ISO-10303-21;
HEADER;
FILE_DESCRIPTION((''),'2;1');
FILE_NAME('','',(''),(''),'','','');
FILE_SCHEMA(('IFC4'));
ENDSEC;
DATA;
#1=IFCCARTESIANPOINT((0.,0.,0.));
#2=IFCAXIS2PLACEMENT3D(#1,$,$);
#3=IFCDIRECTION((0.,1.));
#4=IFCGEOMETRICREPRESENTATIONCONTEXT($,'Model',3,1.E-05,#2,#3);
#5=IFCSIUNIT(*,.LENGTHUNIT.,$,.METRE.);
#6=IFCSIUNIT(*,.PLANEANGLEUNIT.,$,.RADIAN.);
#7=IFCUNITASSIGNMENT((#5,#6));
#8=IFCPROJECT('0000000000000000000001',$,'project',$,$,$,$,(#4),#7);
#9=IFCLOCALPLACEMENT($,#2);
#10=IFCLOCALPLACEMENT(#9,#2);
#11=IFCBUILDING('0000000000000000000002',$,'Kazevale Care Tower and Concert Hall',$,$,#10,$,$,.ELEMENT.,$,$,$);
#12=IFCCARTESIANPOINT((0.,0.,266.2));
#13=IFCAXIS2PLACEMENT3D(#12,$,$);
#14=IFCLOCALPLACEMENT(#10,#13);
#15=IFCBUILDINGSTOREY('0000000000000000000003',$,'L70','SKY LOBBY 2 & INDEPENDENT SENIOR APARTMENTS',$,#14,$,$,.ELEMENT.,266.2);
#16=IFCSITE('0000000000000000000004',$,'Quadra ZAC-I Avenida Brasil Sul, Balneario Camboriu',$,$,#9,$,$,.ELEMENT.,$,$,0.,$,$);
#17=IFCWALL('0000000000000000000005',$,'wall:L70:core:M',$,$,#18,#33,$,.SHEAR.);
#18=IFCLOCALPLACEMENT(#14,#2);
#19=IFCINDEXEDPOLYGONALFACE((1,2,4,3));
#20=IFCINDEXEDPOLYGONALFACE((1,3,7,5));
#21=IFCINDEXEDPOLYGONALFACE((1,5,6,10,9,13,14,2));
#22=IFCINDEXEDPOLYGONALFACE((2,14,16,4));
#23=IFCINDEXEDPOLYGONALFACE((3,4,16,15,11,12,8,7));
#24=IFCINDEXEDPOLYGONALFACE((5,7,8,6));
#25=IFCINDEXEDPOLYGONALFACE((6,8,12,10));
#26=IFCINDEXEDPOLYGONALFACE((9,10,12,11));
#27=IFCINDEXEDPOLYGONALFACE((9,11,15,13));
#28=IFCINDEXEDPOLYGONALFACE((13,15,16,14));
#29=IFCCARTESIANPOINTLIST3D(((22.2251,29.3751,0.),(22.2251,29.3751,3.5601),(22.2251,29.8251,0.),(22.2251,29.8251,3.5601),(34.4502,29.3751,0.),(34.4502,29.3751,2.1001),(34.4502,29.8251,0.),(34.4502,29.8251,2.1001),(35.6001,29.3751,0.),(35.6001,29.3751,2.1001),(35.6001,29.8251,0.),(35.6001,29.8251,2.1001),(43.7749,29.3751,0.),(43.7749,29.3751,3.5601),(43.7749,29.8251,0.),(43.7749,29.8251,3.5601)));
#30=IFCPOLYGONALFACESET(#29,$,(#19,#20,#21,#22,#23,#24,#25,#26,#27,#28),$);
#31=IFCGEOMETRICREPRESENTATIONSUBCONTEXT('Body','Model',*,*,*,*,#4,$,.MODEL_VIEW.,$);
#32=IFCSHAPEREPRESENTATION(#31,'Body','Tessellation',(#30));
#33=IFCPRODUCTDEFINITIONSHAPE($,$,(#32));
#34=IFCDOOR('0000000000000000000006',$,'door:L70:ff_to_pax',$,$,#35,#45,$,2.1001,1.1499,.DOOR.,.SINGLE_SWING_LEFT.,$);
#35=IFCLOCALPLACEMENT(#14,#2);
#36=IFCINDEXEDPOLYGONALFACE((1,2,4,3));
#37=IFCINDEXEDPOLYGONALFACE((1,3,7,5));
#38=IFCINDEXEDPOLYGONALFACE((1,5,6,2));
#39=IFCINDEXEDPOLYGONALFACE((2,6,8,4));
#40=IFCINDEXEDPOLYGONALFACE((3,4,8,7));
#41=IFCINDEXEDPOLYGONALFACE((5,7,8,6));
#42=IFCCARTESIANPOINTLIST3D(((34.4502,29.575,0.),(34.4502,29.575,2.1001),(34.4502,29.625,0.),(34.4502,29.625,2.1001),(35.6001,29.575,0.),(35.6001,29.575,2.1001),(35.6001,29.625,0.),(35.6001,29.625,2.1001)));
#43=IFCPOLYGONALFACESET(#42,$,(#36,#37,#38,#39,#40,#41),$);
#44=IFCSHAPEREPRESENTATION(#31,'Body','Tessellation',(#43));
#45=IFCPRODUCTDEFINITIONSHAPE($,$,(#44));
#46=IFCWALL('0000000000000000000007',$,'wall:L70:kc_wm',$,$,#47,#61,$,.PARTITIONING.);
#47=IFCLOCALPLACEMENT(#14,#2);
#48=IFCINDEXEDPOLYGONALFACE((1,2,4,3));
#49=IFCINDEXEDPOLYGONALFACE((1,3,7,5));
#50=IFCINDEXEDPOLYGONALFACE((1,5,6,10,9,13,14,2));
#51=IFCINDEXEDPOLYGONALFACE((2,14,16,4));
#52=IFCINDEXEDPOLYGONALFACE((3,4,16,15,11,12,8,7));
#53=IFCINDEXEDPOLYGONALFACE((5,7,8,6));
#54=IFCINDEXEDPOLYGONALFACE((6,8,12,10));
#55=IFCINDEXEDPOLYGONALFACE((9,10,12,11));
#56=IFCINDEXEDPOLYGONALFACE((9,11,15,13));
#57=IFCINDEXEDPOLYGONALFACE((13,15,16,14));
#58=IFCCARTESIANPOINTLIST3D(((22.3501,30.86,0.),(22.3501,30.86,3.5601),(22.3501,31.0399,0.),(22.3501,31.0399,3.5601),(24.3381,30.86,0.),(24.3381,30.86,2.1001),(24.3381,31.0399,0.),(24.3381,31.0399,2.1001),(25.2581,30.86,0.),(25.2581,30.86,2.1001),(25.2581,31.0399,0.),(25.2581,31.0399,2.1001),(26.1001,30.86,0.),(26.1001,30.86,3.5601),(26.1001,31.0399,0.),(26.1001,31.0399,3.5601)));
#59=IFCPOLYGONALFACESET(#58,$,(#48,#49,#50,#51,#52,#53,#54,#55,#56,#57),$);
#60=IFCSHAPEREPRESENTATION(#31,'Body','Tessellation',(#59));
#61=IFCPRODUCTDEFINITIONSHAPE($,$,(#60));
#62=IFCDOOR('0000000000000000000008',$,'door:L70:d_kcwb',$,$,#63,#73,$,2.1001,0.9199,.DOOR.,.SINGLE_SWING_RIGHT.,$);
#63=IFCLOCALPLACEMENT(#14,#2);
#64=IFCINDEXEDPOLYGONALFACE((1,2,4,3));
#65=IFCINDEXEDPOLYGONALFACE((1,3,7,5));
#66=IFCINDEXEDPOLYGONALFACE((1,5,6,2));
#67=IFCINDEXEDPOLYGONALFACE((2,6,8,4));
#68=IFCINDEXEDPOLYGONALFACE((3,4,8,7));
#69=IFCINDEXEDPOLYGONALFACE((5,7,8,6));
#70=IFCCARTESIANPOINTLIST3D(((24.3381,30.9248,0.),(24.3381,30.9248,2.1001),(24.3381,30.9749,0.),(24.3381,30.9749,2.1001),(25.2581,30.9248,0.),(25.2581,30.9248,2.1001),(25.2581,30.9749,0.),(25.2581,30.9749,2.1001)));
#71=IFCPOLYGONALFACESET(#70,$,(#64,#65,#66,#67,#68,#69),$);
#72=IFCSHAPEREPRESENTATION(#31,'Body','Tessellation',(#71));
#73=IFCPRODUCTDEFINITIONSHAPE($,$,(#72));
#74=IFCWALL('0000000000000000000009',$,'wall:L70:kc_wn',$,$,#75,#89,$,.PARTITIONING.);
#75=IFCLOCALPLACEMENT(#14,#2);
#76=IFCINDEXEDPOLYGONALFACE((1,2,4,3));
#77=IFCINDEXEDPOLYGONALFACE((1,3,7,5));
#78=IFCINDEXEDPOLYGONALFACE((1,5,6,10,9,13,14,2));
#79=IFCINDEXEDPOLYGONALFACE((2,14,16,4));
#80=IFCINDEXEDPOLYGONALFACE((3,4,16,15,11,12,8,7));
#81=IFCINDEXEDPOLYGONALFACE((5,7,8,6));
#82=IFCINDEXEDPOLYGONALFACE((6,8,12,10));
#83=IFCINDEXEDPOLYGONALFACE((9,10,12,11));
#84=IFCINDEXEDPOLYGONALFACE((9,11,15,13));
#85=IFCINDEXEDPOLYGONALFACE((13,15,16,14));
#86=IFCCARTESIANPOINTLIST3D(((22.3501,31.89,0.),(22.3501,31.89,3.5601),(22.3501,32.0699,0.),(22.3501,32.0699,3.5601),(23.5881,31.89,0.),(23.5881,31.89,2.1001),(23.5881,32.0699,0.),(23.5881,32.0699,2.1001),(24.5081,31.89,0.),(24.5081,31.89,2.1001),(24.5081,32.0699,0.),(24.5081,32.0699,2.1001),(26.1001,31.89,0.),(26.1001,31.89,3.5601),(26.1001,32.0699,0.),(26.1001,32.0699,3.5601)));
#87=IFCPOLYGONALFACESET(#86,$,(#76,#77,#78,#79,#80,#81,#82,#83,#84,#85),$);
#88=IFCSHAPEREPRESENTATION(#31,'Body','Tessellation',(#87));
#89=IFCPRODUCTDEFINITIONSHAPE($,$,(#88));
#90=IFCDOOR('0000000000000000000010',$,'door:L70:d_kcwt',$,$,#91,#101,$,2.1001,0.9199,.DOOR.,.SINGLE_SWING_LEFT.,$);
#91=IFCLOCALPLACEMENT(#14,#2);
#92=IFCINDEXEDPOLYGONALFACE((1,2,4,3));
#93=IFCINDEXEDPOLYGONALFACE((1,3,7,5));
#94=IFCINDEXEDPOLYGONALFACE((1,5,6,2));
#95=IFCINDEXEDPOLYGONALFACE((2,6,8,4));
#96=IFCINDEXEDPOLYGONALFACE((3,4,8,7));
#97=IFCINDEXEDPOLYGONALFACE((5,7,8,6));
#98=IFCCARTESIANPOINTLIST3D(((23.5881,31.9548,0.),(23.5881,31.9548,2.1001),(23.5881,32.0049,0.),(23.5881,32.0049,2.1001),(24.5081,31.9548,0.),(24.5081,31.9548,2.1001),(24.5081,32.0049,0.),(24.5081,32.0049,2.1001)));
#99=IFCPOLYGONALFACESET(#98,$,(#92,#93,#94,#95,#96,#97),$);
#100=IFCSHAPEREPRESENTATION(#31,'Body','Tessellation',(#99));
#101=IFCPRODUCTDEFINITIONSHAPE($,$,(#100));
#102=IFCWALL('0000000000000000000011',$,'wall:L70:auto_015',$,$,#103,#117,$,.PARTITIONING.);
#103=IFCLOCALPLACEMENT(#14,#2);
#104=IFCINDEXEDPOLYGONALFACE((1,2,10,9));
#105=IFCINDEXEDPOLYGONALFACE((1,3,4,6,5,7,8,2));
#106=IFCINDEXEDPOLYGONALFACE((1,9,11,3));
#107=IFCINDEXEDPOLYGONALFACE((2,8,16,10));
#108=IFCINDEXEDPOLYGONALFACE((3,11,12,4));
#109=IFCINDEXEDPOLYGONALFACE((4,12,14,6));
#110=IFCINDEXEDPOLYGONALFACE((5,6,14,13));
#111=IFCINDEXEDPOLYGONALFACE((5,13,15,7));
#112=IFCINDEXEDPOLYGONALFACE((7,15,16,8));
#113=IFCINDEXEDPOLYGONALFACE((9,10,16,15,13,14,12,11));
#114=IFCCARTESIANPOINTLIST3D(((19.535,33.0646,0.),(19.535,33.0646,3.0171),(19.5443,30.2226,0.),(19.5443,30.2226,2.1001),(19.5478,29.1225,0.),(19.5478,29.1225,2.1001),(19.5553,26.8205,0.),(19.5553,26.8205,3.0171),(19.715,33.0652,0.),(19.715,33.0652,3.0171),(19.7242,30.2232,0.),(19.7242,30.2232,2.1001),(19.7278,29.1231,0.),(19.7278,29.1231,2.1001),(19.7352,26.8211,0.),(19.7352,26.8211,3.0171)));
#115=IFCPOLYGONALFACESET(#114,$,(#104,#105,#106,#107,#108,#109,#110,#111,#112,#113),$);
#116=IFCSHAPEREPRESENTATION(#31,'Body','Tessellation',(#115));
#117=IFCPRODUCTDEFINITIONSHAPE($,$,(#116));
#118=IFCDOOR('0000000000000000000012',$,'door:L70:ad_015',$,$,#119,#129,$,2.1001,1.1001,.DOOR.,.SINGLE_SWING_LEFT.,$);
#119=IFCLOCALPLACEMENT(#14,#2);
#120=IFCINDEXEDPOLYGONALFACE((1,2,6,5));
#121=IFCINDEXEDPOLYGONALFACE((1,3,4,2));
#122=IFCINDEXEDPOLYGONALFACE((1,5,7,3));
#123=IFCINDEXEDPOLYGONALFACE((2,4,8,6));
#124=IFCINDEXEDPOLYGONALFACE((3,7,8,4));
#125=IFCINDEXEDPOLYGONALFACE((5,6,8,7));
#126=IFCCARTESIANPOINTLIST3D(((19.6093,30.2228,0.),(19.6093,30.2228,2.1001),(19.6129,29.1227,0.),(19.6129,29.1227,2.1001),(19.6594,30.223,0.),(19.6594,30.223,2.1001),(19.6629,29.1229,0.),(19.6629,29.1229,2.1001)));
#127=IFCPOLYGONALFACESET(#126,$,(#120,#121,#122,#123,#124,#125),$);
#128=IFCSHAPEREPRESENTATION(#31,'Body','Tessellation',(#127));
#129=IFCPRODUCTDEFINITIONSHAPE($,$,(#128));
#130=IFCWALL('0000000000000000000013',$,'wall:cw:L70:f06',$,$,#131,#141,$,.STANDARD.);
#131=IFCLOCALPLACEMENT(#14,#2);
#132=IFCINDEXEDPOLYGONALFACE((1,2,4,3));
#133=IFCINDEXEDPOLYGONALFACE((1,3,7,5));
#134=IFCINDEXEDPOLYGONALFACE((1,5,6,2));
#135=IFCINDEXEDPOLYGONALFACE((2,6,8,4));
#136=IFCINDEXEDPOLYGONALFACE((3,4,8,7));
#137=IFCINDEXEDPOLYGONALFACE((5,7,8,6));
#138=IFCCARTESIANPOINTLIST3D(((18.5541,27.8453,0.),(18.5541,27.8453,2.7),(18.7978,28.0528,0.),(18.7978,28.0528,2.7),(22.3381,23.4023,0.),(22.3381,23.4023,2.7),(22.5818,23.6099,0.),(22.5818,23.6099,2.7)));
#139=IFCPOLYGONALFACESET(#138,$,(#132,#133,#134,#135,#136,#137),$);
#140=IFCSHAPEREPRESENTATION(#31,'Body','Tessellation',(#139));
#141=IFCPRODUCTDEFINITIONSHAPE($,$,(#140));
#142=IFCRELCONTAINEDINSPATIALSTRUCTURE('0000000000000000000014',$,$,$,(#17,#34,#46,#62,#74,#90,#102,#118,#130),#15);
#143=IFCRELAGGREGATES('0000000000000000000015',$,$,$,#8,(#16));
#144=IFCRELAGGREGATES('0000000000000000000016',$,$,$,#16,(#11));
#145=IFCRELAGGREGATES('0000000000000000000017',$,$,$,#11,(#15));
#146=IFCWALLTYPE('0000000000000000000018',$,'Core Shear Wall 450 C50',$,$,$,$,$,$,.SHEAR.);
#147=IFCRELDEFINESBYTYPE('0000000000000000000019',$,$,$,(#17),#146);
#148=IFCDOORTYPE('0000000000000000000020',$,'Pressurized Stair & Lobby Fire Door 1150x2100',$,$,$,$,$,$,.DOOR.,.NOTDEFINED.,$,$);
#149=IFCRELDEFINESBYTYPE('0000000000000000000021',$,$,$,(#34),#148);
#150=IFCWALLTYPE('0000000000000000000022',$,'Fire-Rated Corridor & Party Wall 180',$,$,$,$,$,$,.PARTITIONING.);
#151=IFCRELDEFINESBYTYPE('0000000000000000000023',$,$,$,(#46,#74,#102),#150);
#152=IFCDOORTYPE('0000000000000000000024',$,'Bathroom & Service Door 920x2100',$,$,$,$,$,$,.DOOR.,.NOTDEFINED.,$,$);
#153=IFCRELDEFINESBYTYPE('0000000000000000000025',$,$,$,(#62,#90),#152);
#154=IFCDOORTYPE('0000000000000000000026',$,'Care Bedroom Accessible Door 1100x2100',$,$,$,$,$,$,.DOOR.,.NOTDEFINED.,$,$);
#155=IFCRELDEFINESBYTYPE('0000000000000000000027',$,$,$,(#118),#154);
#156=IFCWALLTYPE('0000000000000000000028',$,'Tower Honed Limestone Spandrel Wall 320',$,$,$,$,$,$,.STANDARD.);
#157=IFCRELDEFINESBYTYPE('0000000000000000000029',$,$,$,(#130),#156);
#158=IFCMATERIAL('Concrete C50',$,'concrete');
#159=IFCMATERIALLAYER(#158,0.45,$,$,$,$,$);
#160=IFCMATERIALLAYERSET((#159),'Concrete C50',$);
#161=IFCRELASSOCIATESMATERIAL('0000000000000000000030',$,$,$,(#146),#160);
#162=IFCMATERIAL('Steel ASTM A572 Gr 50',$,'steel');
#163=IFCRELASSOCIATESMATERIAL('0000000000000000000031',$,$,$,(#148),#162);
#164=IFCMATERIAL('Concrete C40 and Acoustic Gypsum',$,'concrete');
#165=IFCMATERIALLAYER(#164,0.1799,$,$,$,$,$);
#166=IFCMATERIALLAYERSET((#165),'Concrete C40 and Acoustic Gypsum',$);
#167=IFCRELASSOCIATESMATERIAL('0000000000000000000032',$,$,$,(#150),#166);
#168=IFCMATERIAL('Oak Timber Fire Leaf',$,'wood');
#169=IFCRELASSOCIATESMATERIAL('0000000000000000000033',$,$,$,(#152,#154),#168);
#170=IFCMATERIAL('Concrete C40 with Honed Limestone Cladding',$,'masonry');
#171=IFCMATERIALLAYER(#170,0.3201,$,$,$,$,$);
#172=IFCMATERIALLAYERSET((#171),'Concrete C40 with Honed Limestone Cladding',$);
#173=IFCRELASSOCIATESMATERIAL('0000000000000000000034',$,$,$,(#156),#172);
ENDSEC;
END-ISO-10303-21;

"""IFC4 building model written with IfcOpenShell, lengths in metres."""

from ifc_helpers import new_model, si_unit, direction, frame, frame_2d, origin, place, context, subcontext, project, spatial, rectangle, extrude, material, layer, layer_set, type_object, element, fill, save


model = new_model("IFC4")

# Units and contexts
model_context = context("Model", 3, precision=1e-05, world=origin(), true_north=direction((0.0, 1.0)))
body_context = subcontext(model_context, "Body", "Model", "MODEL_VIEW")
ifc_project = project(units=[si_unit("LENGTHUNIT", "METRE"), si_unit("PLANEANGLEUNIT", "RADIAN")], contexts=[model_context])

# Site, building, storey
site_placement = place(None, origin())
site = spatial("IfcSite", under=ifc_project, at=site_placement, Name="Quadra ZAC-I Avenida Brasil Sul, Balneario Camboriu", CompositionType="ELEMENT", RefElevation=0.0)
building_placement = place(site_placement, origin())
building = spatial("IfcBuilding", under=site, at=building_placement, Name="Kazevale Care Tower and Concert Hall", CompositionType="ELEMENT")
storey_placement = place(building_placement, frame((0.0, 0.0, 266.2)))
storey = spatial("IfcBuildingStorey", under=building, at=storey_placement, Name="L70", Description="SKY LOBBY 2 & INDEPENDENT SENIOR APARTMENTS", CompositionType="ELEMENT", Elevation=266.2)

# Shared definitions
ifc_material_1 = material(Name="Concrete C50", Category="concrete")

# Shared definitions
ifc_material_2 = material(Name="Steel ASTM A572 Gr 50", Category="steel")

# Shared definitions
ifc_layer_1 = layer(ifc_material_1, 0.45)
ifc_layer_set_1 = layer_set([ifc_layer_1], Name="Concrete C50")
wall_type_1 = type_object("IfcWallType", Name="Core Shear Wall 450 C50", PredefinedType="SHEAR", material=ifc_layer_set_1)

# Walls, openings, doors
wall_1_placement = place(storey_placement, frame((22.2251, 29.6001, 0.0), z_axis=(0.0, 0.0, 1.0), x_axis=(1.0, 0.0, 0.0)))
wall_1 = element("IfcWall", 1, at=wall_1_placement, inside=storey, type_object=wall_type_1, Name="wall:L70:core:M", PredefinedType="SHEAR", context=body_context, shape_type="SweptSolid", body=[
    extrude(rectangle(XDim=21.5498, YDim=0.45, at=frame_2d((10.7749, 0.0))), origin(), (0.0, 0.0, 1.0), 3.5601),
])
opening_1_placement = place(wall_1_placement, frame((12.2251, 0.0, 0.0)))
opening_1 = element("IfcOpeningElement", 2, at=opening_1_placement, cuts=wall_1, PredefinedType="OPENING", context=body_context, shape_type="SweptSolid", body=[
    extrude(rectangle(XDim=1.1499, YDim=2.1001, at=frame_2d((0.575, 1.05))), frame((0.0, 0.2349, 0.0), z_axis=(0.0, -1.0, 0.0), x_axis=(1.0, 0.0, 0.0)), (0.0, 0.0, 1.0), 0.47),
])
door_type_1 = type_object("IfcDoorType", Name="Pressurized Stair & Lobby Fire Door 1150x2100", OperationType="NOTDEFINED", PredefinedType="DOOR", material=ifc_material_2)
door_1_placement = place(opening_1_placement, origin())
door_1 = element("IfcDoor", 3, at=door_1_placement, inside=storey, type_object=door_type_1, Name="door:L70:ff_to_pax", OperationType="SINGLE_SWING_LEFT", OverallHeight=2.1001, OverallWidth=1.1499, PredefinedType="DOOR", context=body_context, shape_type="SweptSolid", body=[
    extrude(rectangle(XDim=1.1499, YDim=2.1001, at=frame_2d((0.575, 1.05))), frame((0.0, 0.0249, 0.0), z_axis=(0.0, -1.0, 0.0), x_axis=(1.0, 0.0, 0.0)), (0.0, 0.0, 1.0), 0.05),
])
fill(opening_1, door_1)
ifc_material_3 = material(Name="Concrete C40 and Acoustic Gypsum", Category="concrete")
ifc_layer_2 = layer(ifc_material_3, 0.1799)
ifc_layer_set_2 = layer_set([ifc_layer_2], Name="Concrete C40 and Acoustic Gypsum")
wall_type_2 = type_object("IfcWallType", Name="Fire-Rated Corridor & Party Wall 180", PredefinedType="PARTITIONING", material=ifc_layer_set_2)
wall_2_placement = place(storey_placement, frame((22.3501, 30.95, 0.0), z_axis=(0.0, 0.0, 1.0), x_axis=(1.0, 0.0, 0.0)))
wall_2 = element("IfcWall", 4, at=wall_2_placement, inside=storey, type_object=wall_type_2, Name="wall:L70:kc_wm", PredefinedType="PARTITIONING", context=body_context, shape_type="SweptSolid", body=[
    extrude(rectangle(XDim=3.75, YDim=0.1799, at=frame_2d((1.875, 0.0))), origin(), (0.0, 0.0, 1.0), 3.5601),
])
opening_2_placement = place(wall_2_placement, frame((1.988, 0.0, 0.0)))
opening_2 = element("IfcOpeningElement", 5, at=opening_2_placement, cuts=wall_2, PredefinedType="OPENING", context=body_context, shape_type="SweptSolid", body=[
    extrude(rectangle(XDim=0.9199, YDim=2.1001, at=frame_2d((0.46, 1.05))), frame((0.0, 0.0999, 0.0), z_axis=(0.0, -1.0, 0.0), x_axis=(1.0, 0.0, 0.0)), (0.0, 0.0, 1.0), 0.2),
])
ifc_material_4 = material(Name="Oak Timber Fire Leaf", Category="wood")
door_type_2 = type_object("IfcDoorType", Name="Bathroom & Service Door 920x2100", OperationType="NOTDEFINED", PredefinedType="DOOR", material=ifc_material_4)
door_2_placement = place(opening_2_placement, origin())
door_2 = element("IfcDoor", 6, at=door_2_placement, inside=storey, type_object=door_type_2, Name="door:L70:d_kcwb", OperationType="SINGLE_SWING_RIGHT", OverallHeight=2.1001, OverallWidth=0.9199, PredefinedType="DOOR", context=body_context, shape_type="SweptSolid", body=[
    extrude(rectangle(XDim=0.9199, YDim=2.1001, at=frame_2d((0.46, 1.05))), frame((0.0, 0.0249, 0.0), z_axis=(0.0, -1.0, 0.0), x_axis=(1.0, 0.0, 0.0)), (0.0, 0.0, 1.0), 0.05),
])
fill(opening_2, door_2)
wall_3_placement = place(storey_placement, frame((22.3501, 31.98, 0.0), z_axis=(0.0, 0.0, 1.0), x_axis=(1.0, 0.0, 0.0)))
wall_3 = element("IfcWall", 7, at=wall_3_placement, inside=storey, type_object=wall_type_2, Name="wall:L70:kc_wn", PredefinedType="PARTITIONING", context=body_context, shape_type="SweptSolid", body=[
    extrude(rectangle(XDim=3.75, YDim=0.1799, at=frame_2d((1.875, 0.0))), origin(), (0.0, 0.0, 1.0), 3.5601),
])
opening_3_placement = place(wall_3_placement, frame((1.238, 0.0, 0.0)))
opening_3 = element("IfcOpeningElement", 8, at=opening_3_placement, cuts=wall_3, PredefinedType="OPENING", context=body_context, shape_type="SweptSolid", body=[
    extrude(rectangle(XDim=0.9199, YDim=2.1001, at=frame_2d((0.46, 1.05))), frame((0.0, 0.0999, 0.0), z_axis=(0.0, -1.0, 0.0), x_axis=(1.0, 0.0, 0.0)), (0.0, 0.0, 1.0), 0.2),
])
door_3_placement = place(opening_3_placement, origin())
door_3 = element("IfcDoor", 9, at=door_3_placement, inside=storey, type_object=door_type_2, Name="door:L70:d_kcwt", OperationType="SINGLE_SWING_LEFT", OverallHeight=2.1001, OverallWidth=0.9199, PredefinedType="DOOR", context=body_context, shape_type="SweptSolid", body=[
    extrude(rectangle(XDim=0.9199, YDim=2.1001, at=frame_2d((0.46, 1.05))), frame((0.0, 0.0249, 0.0), z_axis=(0.0, -1.0, 0.0), x_axis=(1.0, 0.0, 0.0)), (0.0, 0.0, 1.0), 0.05),
])
fill(opening_3, door_3)
wall_4_placement = place(storey_placement, frame((19.6453, 26.8208, 0.0), z_axis=(0.0, 0.0, 1.0), x_axis=(-0.003245, 0.999995, 0.0)))
wall_4 = element("IfcWall", 10, at=wall_4_placement, inside=storey, type_object=wall_type_2, Name="wall:L70:auto_015", PredefinedType="PARTITIONING", context=body_context, shape_type="SweptSolid", body=[
    extrude(rectangle(XDim=6.2441, YDim=0.1799, at=frame_2d((3.1221, 0.0))), origin(), (0.0, 0.0, 1.0), 3.0171),
])
opening_4_placement = place(wall_4_placement, frame((2.302, 0.0, 0.0)))
opening_4 = element("IfcOpeningElement", 11, at=opening_4_placement, cuts=wall_4, PredefinedType="OPENING", context=body_context, shape_type="SweptSolid", body=[
    extrude(rectangle(XDim=1.1001, YDim=2.1001, at=frame_2d((0.55, 1.05))), frame((0.0, 0.0999, 0.0), z_axis=(0.0, -1.0, 0.0), x_axis=(1.0, 0.0, 0.0)), (0.0, 0.0, 1.0), 0.2),
])
door_type_3 = type_object("IfcDoorType", Name="Care Bedroom Accessible Door 1100x2100", OperationType="NOTDEFINED", PredefinedType="DOOR", material=ifc_material_4)
door_4_placement = place(opening_4_placement, origin())
door_4 = element("IfcDoor", 12, at=door_4_placement, inside=storey, type_object=door_type_3, Name="door:L70:ad_015", OperationType="SINGLE_SWING_LEFT", OverallHeight=2.1001, OverallWidth=1.1001, PredefinedType="DOOR", context=body_context, shape_type="SweptSolid", body=[
    extrude(rectangle(XDim=1.1001, YDim=2.1001, at=frame_2d((0.55, 1.05))), frame((0.0, 0.0249, 0.0), z_axis=(0.0, -1.0, 0.0), x_axis=(1.0, 0.0, 0.0)), (0.0, 0.0, 1.0), 0.05),
])
fill(opening_4, door_4)

# Wall
ifc_material_5 = material(Name="Concrete C40 with Honed Limestone Cladding", Category="masonry")
ifc_layer_3 = layer(ifc_material_5, 0.3201)
ifc_layer_set_3 = layer_set([ifc_layer_3], Name="Concrete C40 with Honed Limestone Cladding")
wall_type_3 = type_object("IfcWallType", Name="Tower Honed Limestone Spandrel Wall 320", PredefinedType="STANDARD", material=ifc_layer_set_3)
wall_5_placement = place(storey_placement, frame((22.46, 23.5061, 0.0), z_axis=(0.0, 0.0, 1.0), x_axis=(-0.648394, 0.761305, 0.0)))
element("IfcWall", 13, at=wall_5_placement, inside=storey, type_object=wall_type_3, Name="wall:cw:L70:f06", PredefinedType="STANDARD", context=body_context, shape_type="SweptSolid", body=[
    extrude(rectangle(XDim=5.8359, YDim=0.3201, at=frame_2d((2.918, 0.0))), origin(), (0.0, 0.0, 1.0), 2.7),
])

save(model, "model.ifc")
